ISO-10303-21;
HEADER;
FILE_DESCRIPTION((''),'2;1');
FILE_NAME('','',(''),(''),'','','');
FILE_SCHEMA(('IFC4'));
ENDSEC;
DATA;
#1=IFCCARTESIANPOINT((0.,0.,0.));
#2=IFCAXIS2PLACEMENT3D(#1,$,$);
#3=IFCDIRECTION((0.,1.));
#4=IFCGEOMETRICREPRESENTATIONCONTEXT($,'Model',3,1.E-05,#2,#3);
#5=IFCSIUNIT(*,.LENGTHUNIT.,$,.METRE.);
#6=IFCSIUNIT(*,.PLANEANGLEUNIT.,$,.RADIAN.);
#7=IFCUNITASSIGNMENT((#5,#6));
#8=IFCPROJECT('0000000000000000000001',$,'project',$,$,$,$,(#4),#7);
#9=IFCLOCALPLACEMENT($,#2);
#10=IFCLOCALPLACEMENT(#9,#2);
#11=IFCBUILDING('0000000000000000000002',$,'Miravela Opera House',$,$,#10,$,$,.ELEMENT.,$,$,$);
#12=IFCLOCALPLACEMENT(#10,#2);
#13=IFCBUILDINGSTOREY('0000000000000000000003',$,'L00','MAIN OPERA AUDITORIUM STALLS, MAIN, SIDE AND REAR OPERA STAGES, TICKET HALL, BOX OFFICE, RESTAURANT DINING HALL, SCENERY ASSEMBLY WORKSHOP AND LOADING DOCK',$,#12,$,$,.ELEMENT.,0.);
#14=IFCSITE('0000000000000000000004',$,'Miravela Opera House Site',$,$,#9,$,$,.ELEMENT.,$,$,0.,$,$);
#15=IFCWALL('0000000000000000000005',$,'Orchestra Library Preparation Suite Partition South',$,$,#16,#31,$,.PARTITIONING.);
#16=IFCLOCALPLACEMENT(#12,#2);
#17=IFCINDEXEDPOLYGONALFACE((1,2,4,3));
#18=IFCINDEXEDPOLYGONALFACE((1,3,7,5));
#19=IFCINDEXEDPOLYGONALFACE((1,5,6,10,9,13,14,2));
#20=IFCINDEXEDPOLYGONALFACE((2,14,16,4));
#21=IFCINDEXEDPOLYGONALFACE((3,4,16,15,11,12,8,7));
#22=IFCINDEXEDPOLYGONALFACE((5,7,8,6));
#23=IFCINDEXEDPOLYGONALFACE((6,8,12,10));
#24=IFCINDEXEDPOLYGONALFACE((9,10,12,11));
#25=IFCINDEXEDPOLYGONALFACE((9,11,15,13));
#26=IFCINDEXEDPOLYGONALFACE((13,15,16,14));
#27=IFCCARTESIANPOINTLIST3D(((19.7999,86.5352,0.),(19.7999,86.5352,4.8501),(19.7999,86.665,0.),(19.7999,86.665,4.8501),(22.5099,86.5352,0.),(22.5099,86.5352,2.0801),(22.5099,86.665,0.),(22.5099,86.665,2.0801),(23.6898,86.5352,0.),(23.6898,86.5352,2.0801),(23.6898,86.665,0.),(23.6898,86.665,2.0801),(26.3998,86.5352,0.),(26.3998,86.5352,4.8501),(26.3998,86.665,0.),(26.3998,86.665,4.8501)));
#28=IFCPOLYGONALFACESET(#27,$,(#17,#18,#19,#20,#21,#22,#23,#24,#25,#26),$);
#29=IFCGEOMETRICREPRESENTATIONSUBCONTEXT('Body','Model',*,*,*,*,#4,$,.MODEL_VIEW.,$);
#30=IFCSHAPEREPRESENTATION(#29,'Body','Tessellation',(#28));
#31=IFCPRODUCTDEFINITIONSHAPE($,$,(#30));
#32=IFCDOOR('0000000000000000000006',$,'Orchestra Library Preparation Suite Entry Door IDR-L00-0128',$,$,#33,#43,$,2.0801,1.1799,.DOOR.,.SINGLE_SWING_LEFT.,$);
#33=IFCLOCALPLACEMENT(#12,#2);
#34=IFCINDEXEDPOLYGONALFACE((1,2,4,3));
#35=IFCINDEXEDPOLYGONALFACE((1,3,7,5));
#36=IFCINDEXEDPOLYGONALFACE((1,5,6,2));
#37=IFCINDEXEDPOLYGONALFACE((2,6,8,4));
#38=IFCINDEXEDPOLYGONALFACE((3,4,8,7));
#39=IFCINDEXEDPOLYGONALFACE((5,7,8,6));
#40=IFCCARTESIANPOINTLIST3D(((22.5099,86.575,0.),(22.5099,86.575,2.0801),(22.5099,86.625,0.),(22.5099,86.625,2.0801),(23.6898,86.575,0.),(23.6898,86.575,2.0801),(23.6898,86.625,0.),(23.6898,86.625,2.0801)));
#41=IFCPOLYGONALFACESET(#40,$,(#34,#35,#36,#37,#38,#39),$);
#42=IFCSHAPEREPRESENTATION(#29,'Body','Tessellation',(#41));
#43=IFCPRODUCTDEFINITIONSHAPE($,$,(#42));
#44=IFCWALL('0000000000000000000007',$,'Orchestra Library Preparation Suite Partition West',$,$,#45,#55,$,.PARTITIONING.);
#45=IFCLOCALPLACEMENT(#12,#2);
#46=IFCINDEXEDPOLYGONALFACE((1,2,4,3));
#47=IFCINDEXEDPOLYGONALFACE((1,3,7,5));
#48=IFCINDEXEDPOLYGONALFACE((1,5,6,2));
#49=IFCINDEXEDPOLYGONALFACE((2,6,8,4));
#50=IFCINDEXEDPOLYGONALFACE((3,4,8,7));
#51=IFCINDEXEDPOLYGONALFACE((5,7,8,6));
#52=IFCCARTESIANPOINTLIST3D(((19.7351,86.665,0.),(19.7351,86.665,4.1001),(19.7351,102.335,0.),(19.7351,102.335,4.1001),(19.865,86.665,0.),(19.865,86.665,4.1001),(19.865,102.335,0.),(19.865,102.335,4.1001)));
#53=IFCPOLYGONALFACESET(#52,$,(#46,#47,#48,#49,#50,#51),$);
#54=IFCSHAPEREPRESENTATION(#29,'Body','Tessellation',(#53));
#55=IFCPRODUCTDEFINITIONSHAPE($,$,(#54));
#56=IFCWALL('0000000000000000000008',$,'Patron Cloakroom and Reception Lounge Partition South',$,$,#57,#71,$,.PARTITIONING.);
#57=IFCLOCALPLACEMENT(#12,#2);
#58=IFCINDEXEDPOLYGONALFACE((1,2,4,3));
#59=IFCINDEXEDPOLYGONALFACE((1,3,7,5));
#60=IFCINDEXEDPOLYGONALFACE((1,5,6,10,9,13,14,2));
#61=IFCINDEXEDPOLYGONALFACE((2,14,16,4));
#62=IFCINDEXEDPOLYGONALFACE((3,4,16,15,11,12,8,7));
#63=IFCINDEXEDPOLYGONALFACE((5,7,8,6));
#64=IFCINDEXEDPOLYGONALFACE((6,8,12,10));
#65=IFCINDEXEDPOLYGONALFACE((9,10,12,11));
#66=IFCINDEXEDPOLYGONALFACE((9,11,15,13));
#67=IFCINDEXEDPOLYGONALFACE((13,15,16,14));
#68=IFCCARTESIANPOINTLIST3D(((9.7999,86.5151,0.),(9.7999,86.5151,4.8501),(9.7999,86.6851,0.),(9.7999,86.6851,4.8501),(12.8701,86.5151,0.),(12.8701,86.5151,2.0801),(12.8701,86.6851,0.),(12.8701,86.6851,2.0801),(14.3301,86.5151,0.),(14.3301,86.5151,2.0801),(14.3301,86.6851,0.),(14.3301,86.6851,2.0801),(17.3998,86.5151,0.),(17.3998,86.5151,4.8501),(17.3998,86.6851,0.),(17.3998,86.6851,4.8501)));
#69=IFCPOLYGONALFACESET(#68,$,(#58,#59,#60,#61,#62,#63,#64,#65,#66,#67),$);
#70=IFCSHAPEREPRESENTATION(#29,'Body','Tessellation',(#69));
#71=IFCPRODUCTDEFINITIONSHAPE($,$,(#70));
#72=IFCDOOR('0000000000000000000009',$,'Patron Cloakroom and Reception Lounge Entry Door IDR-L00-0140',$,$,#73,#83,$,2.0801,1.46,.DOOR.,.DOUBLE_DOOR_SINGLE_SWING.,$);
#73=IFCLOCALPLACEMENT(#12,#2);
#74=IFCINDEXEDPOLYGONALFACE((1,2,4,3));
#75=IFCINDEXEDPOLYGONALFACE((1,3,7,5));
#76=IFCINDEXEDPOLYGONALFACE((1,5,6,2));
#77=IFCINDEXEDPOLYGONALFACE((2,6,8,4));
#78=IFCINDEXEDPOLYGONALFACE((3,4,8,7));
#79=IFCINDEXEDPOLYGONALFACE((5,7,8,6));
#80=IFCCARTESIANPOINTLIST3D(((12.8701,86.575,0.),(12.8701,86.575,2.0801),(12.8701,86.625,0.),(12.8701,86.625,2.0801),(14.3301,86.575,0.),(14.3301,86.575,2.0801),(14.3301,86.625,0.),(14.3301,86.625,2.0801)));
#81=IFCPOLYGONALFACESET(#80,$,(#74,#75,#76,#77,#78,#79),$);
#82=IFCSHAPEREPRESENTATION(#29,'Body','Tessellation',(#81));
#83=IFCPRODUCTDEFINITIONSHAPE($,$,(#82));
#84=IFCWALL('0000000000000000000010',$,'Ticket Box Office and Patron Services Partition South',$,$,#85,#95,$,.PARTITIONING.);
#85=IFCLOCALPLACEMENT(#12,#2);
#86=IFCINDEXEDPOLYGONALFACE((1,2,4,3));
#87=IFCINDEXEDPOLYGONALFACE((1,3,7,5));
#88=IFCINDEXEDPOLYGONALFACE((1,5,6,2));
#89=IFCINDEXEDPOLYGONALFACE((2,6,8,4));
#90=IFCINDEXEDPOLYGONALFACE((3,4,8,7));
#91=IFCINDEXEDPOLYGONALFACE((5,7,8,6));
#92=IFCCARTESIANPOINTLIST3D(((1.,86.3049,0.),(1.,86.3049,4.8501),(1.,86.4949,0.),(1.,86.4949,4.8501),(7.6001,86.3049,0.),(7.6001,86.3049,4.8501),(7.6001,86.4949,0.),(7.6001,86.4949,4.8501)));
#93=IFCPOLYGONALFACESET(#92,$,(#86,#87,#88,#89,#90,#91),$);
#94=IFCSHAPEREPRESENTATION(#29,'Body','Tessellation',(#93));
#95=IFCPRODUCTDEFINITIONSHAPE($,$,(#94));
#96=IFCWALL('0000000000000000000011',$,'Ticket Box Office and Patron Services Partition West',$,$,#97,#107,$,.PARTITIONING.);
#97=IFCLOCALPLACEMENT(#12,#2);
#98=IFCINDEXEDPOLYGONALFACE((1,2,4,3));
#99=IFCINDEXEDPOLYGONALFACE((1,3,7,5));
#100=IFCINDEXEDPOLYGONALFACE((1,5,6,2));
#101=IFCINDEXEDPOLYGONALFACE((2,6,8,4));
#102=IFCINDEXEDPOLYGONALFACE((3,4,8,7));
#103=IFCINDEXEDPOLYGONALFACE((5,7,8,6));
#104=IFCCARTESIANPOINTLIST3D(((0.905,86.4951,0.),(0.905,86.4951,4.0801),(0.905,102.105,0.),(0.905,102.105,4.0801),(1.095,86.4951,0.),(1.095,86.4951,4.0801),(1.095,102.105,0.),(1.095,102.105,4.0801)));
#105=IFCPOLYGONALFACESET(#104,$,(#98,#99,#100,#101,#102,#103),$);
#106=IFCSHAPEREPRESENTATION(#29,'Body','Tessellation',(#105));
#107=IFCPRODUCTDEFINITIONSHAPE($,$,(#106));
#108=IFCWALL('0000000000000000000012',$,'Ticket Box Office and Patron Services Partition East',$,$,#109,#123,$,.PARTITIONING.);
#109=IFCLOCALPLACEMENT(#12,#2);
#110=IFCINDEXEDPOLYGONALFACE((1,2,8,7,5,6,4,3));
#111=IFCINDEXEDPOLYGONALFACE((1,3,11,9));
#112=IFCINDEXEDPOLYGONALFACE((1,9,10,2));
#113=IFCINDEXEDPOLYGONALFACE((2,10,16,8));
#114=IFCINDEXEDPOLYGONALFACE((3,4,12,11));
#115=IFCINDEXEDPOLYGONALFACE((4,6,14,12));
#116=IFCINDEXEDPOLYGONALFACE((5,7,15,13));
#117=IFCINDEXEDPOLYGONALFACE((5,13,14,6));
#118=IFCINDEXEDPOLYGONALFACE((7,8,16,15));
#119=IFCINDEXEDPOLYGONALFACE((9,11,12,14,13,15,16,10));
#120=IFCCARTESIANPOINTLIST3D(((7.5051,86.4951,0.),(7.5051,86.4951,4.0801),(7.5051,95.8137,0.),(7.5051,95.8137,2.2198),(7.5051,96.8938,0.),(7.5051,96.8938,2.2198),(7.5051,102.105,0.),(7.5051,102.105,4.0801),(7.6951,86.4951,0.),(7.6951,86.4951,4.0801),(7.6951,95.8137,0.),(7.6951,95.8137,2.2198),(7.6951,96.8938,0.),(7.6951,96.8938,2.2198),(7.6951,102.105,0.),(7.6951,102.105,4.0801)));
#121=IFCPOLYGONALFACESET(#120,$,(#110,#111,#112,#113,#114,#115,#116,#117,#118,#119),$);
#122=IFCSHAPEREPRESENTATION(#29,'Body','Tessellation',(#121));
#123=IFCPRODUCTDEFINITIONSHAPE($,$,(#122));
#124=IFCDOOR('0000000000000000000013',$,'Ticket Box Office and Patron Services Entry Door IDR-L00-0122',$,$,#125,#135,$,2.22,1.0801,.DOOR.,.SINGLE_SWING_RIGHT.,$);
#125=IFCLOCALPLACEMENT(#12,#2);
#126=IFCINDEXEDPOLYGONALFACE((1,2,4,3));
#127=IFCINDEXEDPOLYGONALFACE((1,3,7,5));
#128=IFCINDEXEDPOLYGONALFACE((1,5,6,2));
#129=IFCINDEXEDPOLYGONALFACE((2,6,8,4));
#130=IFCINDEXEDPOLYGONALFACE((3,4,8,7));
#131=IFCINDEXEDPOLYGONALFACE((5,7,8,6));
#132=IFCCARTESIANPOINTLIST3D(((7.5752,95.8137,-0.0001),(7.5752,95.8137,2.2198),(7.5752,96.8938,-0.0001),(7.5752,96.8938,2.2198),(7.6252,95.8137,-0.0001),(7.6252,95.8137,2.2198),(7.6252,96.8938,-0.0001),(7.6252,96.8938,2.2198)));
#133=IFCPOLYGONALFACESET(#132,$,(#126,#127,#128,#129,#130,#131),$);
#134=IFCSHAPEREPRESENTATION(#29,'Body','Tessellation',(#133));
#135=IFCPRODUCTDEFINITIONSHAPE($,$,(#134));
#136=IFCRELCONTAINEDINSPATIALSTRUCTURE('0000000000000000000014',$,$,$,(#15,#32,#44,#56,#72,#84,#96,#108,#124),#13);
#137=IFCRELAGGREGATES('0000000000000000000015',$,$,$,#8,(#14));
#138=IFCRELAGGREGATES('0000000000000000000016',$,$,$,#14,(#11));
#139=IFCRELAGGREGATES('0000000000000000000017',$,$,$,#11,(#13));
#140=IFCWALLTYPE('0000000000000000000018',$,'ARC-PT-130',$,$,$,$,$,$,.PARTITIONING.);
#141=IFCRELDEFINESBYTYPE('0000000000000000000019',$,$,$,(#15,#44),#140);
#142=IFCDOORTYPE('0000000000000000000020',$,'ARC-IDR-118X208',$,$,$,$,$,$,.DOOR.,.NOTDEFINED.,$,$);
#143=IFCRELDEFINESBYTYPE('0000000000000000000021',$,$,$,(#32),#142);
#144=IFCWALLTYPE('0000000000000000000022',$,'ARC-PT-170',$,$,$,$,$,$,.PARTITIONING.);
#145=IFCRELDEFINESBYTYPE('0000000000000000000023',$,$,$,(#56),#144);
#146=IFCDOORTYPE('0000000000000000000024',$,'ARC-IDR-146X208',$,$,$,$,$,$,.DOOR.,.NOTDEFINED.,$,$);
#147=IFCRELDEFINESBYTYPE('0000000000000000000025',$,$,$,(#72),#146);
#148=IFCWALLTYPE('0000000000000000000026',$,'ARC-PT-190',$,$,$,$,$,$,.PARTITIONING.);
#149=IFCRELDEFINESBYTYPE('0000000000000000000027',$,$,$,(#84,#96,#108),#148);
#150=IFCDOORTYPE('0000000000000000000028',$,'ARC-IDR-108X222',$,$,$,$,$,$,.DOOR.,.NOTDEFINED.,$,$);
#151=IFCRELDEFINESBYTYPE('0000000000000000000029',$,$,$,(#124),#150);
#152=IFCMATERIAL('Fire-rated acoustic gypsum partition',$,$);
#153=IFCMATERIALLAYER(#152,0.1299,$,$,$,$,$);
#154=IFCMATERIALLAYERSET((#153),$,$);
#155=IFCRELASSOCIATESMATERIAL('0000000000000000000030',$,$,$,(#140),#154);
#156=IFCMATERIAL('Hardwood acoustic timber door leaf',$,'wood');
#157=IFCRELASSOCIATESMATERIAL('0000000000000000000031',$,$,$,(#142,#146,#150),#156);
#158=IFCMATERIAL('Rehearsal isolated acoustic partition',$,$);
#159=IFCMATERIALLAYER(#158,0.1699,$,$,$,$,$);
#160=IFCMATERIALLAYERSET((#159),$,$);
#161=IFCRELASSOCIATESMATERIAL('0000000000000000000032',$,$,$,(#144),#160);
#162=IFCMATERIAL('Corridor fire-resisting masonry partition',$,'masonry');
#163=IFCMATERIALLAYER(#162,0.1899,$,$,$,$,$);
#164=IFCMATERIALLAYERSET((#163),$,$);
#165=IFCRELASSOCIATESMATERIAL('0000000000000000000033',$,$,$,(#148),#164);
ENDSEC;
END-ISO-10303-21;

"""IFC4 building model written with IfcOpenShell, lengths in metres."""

from ifc_helpers import new_model, si_unit, direction, frame, frame_2d, origin, place, context, subcontext, project, spatial, rectangle, extrude, material, layer, layer_set, type_object, element, fill, save


model = new_model("IFC4")

# Units and contexts
model_context = context("Model", 3, precision=1e-05, world=origin(), true_north=direction((0.0, 1.0)))
body_context = subcontext(model_context, "Body", "Model", "MODEL_VIEW")
ifc_project = project(units=[si_unit("LENGTHUNIT", "METRE"), si_unit("PLANEANGLEUNIT", "RADIAN")], contexts=[model_context])

# Site, building, storey
site_placement = place(None, origin())
site = spatial("IfcSite", under=ifc_project, at=site_placement, Name="Miravela Opera House Site", CompositionType="ELEMENT", RefElevation=0.0)
building_placement = place(site_placement, origin())
building = spatial("IfcBuilding", under=site, at=building_placement, Name="Miravela Opera House", CompositionType="ELEMENT")
storey_placement = place(building_placement, origin())
storey = spatial("IfcBuildingStorey", under=building, at=storey_placement, Name="L00", Description="MAIN OPERA AUDITORIUM STALLS, MAIN, SIDE AND REAR OPERA STAGES, TICKET HALL, BOX OFFICE, RESTAURANT DINING HALL, SCENERY ASSEMBLY WORKSHOP AND LOADING DOCK", CompositionType="ELEMENT", Elevation=0.0)

# Wall, opening, door
ifc_material_1 = material(Name="Fire-rated acoustic gypsum partition")
ifc_layer_1 = layer(ifc_material_1, 0.1299)
ifc_layer_set_1 = layer_set([ifc_layer_1])
wall_type_1 = type_object("IfcWallType", Name="ARC-PT-130", PredefinedType="PARTITIONING", material=ifc_layer_set_1)
wall_1_placement = place(storey_placement, frame((19.8, 86.6001, 0.0), z_axis=(0.0, 0.0, 1.0), x_axis=(1.0, 0.0, 0.0)))
wall_1 = element("IfcWall", 1, at=wall_1_placement, inside=storey, type_object=wall_type_1, Name="Orchestra Library Preparation Suite Partition South", PredefinedType="PARTITIONING", context=body_context, shape_type="SweptSolid", body=[
    extrude(rectangle(XDim=6.5999, YDim=0.1299, at=frame_2d((3.2998, 0.0))), origin(), (0.0, 0.0, 1.0), 4.8501),
])
opening_1_placement = place(wall_1_placement, frame((2.71, 0.0, 0.0)))
opening_1 = element("IfcOpeningElement", 2, at=opening_1_placement, cuts=wall_1, PredefinedType="OPENING", context=body_context, shape_type="SweptSolid", body=[
    extrude(rectangle(XDim=1.1799, YDim=2.0801, at=frame_2d((0.5898, 1.04))), frame((0.0, 0.075, 0.0), z_axis=(0.0, -1.0, 0.0), x_axis=(1.0, 0.0, 0.0)), (0.0, 0.0, 1.0), 0.1499),
])
ifc_material_2 = material(Name="Hardwood acoustic timber door leaf", Category="wood")
door_type_1 = type_object("IfcDoorType", Name="ARC-IDR-118X208", OperationType="NOTDEFINED", PredefinedType="DOOR", material=ifc_material_2)
door_1_placement = place(opening_1_placement, origin())
door_1 = element("IfcDoor", 3, at=door_1_placement, inside=storey, type_object=door_type_1, Name="Orchestra Library Preparation Suite Entry Door IDR-L00-0128", OperationType="SINGLE_SWING_LEFT", OverallHeight=2.0801, OverallWidth=1.1799, PredefinedType="DOOR", context=body_context, shape_type="SweptSolid", body=[
    extrude(rectangle(XDim=1.1799, YDim=2.0801, at=frame_2d((0.5898, 1.04))), frame((0.0, 0.0249, 0.0), z_axis=(0.0, -1.0, 0.0), x_axis=(1.0, 0.0, 0.0)), (0.0, 0.0, 1.0), 0.05),
])
fill(opening_1, door_1)

# Wall
wall_2_placement = place(storey_placement, frame((19.8, 86.665, 0.0), z_axis=(0.0, 0.0, 1.0), x_axis=(0.0, 1.0, 0.0)))
element("IfcWall", 4, at=wall_2_placement, inside=storey, type_object=wall_type_1, Name="Orchestra Library Preparation Suite Partition West", PredefinedType="PARTITIONING", context=body_context, shape_type="SweptSolid", body=[
    extrude(rectangle(XDim=15.6699, YDim=0.1299, at=frame_2d((7.835, 0.0))), origin(), (0.0, 0.0, 1.0), 4.1001),
])

# Wall, opening, door
ifc_material_3 = material(Name="Rehearsal isolated acoustic partition")
ifc_layer_2 = layer(ifc_material_3, 0.1699)
ifc_layer_set_2 = layer_set([ifc_layer_2])
wall_type_2 = type_object("IfcWallType", Name="ARC-PT-170", PredefinedType="PARTITIONING", material=ifc_layer_set_2)
wall_3_placement = place(storey_placement, frame((9.8, 86.6001, 0.0), z_axis=(0.0, 0.0, 1.0), x_axis=(1.0, 0.0, 0.0)))
wall_3 = element("IfcWall", 5, at=wall_3_placement, inside=storey, type_object=wall_type_2, Name="Patron Cloakroom and Reception Lounge Partition South", PredefinedType="PARTITIONING", context=body_context, shape_type="SweptSolid", body=[
    extrude(rectangle(XDim=7.5999, YDim=0.1699, at=frame_2d((3.7998, 0.0))), origin(), (0.0, 0.0, 1.0), 4.8501),
])
opening_2_placement = place(wall_3_placement, frame((3.0701, 0.0, 0.0)))
opening_2 = element("IfcOpeningElement", 6, at=opening_2_placement, cuts=wall_3, PredefinedType="OPENING", context=body_context, shape_type="SweptSolid", body=[
    extrude(rectangle(XDim=1.46, YDim=2.0801, at=frame_2d((0.73, 1.04))), frame((0.0, 0.095, 0.0), z_axis=(0.0, -1.0, 0.0), x_axis=(1.0, 0.0, 0.0)), (0.0, 0.0, 1.0), 0.1899),
])
door_type_2 = type_object("IfcDoorType", Name="ARC-IDR-146X208", OperationType="NOTDEFINED", PredefinedType="DOOR", material=ifc_material_2)
door_2_placement = place(opening_2_placement, origin())
door_2 = element("IfcDoor", 7, at=door_2_placement, inside=storey, type_object=door_type_2, Name="Patron Cloakroom and Reception Lounge Entry Door IDR-L00-0140", OperationType="DOUBLE_DOOR_SINGLE_SWING", OverallHeight=2.0801, OverallWidth=1.46, PredefinedType="DOOR", context=body_context, shape_type="SweptSolid", body=[
    extrude(rectangle(XDim=1.46, YDim=2.0801, at=frame_2d((0.73, 1.04))), frame((0.0, 0.0249, 0.0), z_axis=(0.0, -1.0, 0.0), x_axis=(1.0, 0.0, 0.0)), (0.0, 0.0, 1.0), 0.05),
])
fill(opening_2, door_2)

# Walls
ifc_material_4 = material(Name="Corridor fire-resisting masonry partition", Category="masonry")
ifc_layer_3 = layer(ifc_material_4, 0.1899)
ifc_layer_set_3 = layer_set([ifc_layer_3])
wall_type_3 = type_object("IfcWallType", Name="ARC-PT-190", PredefinedType="PARTITIONING", material=ifc_layer_set_3)
wall_4_placement = place(storey_placement, frame((1.0, 86.3999, 0.0), z_axis=(0.0, 0.0, 1.0), x_axis=(1.0, 0.0, 0.0)))
element("IfcWall", 8, at=wall_4_placement, inside=storey, type_object=wall_type_3, Name="Ticket Box Office and Patron Services Partition South", PredefinedType="PARTITIONING", context=body_context, shape_type="SweptSolid", body=[
    extrude(rectangle(XDim=6.6001, YDim=0.1899, at=frame_2d((3.3, 0.0))), origin(), (0.0, 0.0, 1.0), 4.8501),
])
wall_5_placement = place(storey_placement, frame((1.0, 86.4951, 0.0), z_axis=(0.0, 0.0, 1.0), x_axis=(0.0, 1.0, 0.0)))
element("IfcWall", 9, at=wall_5_placement, inside=storey, type_object=wall_type_3, Name="Ticket Box Office and Patron Services Partition West", PredefinedType="PARTITIONING", context=body_context, shape_type="SweptSolid", body=[
    extrude(rectangle(XDim=15.6099, YDim=0.1899, at=frame_2d((7.8049, 0.0))), origin(), (0.0, 0.0, 1.0), 4.0801),
])

# Wall, opening, door
wall_6_placement = place(storey_placement, frame((7.6001, 86.4951, 0.0), z_axis=(0.0, 0.0, 1.0), x_axis=(0.0, 1.0, 0.0)))
wall_6 = element("IfcWall", 10, at=wall_6_placement, inside=storey, type_object=wall_type_3, Name="Ticket Box Office and Patron Services Partition East", PredefinedType="PARTITIONING", context=body_context, shape_type="SweptSolid", body=[
    extrude(rectangle(XDim=15.6099, YDim=0.1899, at=frame_2d((7.8049, 0.0))), origin(), (0.0, 0.0, 1.0), 4.0801),
])
opening_3_placement = place(wall_6_placement, frame((9.3186, 0.0, 0.0)))
opening_3 = element("IfcOpeningElement", 11, at=opening_3_placement, cuts=wall_6, PredefinedType="OPENING", context=body_context, shape_type="SweptSolid", body=[
    extrude(rectangle(XDim=1.0801, YDim=2.22, at=frame_2d((0.54, 1.1099))), frame((0.0, 0.105, 0.0), z_axis=(0.0, -1.0, 0.0), x_axis=(1.0, 0.0, 0.0)), (0.0, 0.0, 1.0), 0.21),
])
door_type_3 = type_object("IfcDoorType", Name="ARC-IDR-108X222", OperationType="NOTDEFINED", PredefinedType="DOOR", material=ifc_material_2)
door_3_placement = place(opening_3_placement, origin())
door_3 = element("IfcDoor", 12, at=door_3_placement, inside=storey, type_object=door_type_3, Name="Ticket Box Office and Patron Services Entry Door IDR-L00-0122", OperationType="SINGLE_SWING_RIGHT", OverallHeight=2.22, OverallWidth=1.0801, PredefinedType="DOOR", context=body_context, shape_type="SweptSolid", body=[
    extrude(rectangle(XDim=1.0801, YDim=2.22, at=frame_2d((0.54, 1.1099))), frame((0.0, 0.0249, 0.0), z_axis=(0.0, -1.0, 0.0), x_axis=(1.0, 0.0, 0.0)), (0.0, 0.0, 1.0), 0.05),
])
fill(opening_3, door_3)

save(model, "model.ifc")
